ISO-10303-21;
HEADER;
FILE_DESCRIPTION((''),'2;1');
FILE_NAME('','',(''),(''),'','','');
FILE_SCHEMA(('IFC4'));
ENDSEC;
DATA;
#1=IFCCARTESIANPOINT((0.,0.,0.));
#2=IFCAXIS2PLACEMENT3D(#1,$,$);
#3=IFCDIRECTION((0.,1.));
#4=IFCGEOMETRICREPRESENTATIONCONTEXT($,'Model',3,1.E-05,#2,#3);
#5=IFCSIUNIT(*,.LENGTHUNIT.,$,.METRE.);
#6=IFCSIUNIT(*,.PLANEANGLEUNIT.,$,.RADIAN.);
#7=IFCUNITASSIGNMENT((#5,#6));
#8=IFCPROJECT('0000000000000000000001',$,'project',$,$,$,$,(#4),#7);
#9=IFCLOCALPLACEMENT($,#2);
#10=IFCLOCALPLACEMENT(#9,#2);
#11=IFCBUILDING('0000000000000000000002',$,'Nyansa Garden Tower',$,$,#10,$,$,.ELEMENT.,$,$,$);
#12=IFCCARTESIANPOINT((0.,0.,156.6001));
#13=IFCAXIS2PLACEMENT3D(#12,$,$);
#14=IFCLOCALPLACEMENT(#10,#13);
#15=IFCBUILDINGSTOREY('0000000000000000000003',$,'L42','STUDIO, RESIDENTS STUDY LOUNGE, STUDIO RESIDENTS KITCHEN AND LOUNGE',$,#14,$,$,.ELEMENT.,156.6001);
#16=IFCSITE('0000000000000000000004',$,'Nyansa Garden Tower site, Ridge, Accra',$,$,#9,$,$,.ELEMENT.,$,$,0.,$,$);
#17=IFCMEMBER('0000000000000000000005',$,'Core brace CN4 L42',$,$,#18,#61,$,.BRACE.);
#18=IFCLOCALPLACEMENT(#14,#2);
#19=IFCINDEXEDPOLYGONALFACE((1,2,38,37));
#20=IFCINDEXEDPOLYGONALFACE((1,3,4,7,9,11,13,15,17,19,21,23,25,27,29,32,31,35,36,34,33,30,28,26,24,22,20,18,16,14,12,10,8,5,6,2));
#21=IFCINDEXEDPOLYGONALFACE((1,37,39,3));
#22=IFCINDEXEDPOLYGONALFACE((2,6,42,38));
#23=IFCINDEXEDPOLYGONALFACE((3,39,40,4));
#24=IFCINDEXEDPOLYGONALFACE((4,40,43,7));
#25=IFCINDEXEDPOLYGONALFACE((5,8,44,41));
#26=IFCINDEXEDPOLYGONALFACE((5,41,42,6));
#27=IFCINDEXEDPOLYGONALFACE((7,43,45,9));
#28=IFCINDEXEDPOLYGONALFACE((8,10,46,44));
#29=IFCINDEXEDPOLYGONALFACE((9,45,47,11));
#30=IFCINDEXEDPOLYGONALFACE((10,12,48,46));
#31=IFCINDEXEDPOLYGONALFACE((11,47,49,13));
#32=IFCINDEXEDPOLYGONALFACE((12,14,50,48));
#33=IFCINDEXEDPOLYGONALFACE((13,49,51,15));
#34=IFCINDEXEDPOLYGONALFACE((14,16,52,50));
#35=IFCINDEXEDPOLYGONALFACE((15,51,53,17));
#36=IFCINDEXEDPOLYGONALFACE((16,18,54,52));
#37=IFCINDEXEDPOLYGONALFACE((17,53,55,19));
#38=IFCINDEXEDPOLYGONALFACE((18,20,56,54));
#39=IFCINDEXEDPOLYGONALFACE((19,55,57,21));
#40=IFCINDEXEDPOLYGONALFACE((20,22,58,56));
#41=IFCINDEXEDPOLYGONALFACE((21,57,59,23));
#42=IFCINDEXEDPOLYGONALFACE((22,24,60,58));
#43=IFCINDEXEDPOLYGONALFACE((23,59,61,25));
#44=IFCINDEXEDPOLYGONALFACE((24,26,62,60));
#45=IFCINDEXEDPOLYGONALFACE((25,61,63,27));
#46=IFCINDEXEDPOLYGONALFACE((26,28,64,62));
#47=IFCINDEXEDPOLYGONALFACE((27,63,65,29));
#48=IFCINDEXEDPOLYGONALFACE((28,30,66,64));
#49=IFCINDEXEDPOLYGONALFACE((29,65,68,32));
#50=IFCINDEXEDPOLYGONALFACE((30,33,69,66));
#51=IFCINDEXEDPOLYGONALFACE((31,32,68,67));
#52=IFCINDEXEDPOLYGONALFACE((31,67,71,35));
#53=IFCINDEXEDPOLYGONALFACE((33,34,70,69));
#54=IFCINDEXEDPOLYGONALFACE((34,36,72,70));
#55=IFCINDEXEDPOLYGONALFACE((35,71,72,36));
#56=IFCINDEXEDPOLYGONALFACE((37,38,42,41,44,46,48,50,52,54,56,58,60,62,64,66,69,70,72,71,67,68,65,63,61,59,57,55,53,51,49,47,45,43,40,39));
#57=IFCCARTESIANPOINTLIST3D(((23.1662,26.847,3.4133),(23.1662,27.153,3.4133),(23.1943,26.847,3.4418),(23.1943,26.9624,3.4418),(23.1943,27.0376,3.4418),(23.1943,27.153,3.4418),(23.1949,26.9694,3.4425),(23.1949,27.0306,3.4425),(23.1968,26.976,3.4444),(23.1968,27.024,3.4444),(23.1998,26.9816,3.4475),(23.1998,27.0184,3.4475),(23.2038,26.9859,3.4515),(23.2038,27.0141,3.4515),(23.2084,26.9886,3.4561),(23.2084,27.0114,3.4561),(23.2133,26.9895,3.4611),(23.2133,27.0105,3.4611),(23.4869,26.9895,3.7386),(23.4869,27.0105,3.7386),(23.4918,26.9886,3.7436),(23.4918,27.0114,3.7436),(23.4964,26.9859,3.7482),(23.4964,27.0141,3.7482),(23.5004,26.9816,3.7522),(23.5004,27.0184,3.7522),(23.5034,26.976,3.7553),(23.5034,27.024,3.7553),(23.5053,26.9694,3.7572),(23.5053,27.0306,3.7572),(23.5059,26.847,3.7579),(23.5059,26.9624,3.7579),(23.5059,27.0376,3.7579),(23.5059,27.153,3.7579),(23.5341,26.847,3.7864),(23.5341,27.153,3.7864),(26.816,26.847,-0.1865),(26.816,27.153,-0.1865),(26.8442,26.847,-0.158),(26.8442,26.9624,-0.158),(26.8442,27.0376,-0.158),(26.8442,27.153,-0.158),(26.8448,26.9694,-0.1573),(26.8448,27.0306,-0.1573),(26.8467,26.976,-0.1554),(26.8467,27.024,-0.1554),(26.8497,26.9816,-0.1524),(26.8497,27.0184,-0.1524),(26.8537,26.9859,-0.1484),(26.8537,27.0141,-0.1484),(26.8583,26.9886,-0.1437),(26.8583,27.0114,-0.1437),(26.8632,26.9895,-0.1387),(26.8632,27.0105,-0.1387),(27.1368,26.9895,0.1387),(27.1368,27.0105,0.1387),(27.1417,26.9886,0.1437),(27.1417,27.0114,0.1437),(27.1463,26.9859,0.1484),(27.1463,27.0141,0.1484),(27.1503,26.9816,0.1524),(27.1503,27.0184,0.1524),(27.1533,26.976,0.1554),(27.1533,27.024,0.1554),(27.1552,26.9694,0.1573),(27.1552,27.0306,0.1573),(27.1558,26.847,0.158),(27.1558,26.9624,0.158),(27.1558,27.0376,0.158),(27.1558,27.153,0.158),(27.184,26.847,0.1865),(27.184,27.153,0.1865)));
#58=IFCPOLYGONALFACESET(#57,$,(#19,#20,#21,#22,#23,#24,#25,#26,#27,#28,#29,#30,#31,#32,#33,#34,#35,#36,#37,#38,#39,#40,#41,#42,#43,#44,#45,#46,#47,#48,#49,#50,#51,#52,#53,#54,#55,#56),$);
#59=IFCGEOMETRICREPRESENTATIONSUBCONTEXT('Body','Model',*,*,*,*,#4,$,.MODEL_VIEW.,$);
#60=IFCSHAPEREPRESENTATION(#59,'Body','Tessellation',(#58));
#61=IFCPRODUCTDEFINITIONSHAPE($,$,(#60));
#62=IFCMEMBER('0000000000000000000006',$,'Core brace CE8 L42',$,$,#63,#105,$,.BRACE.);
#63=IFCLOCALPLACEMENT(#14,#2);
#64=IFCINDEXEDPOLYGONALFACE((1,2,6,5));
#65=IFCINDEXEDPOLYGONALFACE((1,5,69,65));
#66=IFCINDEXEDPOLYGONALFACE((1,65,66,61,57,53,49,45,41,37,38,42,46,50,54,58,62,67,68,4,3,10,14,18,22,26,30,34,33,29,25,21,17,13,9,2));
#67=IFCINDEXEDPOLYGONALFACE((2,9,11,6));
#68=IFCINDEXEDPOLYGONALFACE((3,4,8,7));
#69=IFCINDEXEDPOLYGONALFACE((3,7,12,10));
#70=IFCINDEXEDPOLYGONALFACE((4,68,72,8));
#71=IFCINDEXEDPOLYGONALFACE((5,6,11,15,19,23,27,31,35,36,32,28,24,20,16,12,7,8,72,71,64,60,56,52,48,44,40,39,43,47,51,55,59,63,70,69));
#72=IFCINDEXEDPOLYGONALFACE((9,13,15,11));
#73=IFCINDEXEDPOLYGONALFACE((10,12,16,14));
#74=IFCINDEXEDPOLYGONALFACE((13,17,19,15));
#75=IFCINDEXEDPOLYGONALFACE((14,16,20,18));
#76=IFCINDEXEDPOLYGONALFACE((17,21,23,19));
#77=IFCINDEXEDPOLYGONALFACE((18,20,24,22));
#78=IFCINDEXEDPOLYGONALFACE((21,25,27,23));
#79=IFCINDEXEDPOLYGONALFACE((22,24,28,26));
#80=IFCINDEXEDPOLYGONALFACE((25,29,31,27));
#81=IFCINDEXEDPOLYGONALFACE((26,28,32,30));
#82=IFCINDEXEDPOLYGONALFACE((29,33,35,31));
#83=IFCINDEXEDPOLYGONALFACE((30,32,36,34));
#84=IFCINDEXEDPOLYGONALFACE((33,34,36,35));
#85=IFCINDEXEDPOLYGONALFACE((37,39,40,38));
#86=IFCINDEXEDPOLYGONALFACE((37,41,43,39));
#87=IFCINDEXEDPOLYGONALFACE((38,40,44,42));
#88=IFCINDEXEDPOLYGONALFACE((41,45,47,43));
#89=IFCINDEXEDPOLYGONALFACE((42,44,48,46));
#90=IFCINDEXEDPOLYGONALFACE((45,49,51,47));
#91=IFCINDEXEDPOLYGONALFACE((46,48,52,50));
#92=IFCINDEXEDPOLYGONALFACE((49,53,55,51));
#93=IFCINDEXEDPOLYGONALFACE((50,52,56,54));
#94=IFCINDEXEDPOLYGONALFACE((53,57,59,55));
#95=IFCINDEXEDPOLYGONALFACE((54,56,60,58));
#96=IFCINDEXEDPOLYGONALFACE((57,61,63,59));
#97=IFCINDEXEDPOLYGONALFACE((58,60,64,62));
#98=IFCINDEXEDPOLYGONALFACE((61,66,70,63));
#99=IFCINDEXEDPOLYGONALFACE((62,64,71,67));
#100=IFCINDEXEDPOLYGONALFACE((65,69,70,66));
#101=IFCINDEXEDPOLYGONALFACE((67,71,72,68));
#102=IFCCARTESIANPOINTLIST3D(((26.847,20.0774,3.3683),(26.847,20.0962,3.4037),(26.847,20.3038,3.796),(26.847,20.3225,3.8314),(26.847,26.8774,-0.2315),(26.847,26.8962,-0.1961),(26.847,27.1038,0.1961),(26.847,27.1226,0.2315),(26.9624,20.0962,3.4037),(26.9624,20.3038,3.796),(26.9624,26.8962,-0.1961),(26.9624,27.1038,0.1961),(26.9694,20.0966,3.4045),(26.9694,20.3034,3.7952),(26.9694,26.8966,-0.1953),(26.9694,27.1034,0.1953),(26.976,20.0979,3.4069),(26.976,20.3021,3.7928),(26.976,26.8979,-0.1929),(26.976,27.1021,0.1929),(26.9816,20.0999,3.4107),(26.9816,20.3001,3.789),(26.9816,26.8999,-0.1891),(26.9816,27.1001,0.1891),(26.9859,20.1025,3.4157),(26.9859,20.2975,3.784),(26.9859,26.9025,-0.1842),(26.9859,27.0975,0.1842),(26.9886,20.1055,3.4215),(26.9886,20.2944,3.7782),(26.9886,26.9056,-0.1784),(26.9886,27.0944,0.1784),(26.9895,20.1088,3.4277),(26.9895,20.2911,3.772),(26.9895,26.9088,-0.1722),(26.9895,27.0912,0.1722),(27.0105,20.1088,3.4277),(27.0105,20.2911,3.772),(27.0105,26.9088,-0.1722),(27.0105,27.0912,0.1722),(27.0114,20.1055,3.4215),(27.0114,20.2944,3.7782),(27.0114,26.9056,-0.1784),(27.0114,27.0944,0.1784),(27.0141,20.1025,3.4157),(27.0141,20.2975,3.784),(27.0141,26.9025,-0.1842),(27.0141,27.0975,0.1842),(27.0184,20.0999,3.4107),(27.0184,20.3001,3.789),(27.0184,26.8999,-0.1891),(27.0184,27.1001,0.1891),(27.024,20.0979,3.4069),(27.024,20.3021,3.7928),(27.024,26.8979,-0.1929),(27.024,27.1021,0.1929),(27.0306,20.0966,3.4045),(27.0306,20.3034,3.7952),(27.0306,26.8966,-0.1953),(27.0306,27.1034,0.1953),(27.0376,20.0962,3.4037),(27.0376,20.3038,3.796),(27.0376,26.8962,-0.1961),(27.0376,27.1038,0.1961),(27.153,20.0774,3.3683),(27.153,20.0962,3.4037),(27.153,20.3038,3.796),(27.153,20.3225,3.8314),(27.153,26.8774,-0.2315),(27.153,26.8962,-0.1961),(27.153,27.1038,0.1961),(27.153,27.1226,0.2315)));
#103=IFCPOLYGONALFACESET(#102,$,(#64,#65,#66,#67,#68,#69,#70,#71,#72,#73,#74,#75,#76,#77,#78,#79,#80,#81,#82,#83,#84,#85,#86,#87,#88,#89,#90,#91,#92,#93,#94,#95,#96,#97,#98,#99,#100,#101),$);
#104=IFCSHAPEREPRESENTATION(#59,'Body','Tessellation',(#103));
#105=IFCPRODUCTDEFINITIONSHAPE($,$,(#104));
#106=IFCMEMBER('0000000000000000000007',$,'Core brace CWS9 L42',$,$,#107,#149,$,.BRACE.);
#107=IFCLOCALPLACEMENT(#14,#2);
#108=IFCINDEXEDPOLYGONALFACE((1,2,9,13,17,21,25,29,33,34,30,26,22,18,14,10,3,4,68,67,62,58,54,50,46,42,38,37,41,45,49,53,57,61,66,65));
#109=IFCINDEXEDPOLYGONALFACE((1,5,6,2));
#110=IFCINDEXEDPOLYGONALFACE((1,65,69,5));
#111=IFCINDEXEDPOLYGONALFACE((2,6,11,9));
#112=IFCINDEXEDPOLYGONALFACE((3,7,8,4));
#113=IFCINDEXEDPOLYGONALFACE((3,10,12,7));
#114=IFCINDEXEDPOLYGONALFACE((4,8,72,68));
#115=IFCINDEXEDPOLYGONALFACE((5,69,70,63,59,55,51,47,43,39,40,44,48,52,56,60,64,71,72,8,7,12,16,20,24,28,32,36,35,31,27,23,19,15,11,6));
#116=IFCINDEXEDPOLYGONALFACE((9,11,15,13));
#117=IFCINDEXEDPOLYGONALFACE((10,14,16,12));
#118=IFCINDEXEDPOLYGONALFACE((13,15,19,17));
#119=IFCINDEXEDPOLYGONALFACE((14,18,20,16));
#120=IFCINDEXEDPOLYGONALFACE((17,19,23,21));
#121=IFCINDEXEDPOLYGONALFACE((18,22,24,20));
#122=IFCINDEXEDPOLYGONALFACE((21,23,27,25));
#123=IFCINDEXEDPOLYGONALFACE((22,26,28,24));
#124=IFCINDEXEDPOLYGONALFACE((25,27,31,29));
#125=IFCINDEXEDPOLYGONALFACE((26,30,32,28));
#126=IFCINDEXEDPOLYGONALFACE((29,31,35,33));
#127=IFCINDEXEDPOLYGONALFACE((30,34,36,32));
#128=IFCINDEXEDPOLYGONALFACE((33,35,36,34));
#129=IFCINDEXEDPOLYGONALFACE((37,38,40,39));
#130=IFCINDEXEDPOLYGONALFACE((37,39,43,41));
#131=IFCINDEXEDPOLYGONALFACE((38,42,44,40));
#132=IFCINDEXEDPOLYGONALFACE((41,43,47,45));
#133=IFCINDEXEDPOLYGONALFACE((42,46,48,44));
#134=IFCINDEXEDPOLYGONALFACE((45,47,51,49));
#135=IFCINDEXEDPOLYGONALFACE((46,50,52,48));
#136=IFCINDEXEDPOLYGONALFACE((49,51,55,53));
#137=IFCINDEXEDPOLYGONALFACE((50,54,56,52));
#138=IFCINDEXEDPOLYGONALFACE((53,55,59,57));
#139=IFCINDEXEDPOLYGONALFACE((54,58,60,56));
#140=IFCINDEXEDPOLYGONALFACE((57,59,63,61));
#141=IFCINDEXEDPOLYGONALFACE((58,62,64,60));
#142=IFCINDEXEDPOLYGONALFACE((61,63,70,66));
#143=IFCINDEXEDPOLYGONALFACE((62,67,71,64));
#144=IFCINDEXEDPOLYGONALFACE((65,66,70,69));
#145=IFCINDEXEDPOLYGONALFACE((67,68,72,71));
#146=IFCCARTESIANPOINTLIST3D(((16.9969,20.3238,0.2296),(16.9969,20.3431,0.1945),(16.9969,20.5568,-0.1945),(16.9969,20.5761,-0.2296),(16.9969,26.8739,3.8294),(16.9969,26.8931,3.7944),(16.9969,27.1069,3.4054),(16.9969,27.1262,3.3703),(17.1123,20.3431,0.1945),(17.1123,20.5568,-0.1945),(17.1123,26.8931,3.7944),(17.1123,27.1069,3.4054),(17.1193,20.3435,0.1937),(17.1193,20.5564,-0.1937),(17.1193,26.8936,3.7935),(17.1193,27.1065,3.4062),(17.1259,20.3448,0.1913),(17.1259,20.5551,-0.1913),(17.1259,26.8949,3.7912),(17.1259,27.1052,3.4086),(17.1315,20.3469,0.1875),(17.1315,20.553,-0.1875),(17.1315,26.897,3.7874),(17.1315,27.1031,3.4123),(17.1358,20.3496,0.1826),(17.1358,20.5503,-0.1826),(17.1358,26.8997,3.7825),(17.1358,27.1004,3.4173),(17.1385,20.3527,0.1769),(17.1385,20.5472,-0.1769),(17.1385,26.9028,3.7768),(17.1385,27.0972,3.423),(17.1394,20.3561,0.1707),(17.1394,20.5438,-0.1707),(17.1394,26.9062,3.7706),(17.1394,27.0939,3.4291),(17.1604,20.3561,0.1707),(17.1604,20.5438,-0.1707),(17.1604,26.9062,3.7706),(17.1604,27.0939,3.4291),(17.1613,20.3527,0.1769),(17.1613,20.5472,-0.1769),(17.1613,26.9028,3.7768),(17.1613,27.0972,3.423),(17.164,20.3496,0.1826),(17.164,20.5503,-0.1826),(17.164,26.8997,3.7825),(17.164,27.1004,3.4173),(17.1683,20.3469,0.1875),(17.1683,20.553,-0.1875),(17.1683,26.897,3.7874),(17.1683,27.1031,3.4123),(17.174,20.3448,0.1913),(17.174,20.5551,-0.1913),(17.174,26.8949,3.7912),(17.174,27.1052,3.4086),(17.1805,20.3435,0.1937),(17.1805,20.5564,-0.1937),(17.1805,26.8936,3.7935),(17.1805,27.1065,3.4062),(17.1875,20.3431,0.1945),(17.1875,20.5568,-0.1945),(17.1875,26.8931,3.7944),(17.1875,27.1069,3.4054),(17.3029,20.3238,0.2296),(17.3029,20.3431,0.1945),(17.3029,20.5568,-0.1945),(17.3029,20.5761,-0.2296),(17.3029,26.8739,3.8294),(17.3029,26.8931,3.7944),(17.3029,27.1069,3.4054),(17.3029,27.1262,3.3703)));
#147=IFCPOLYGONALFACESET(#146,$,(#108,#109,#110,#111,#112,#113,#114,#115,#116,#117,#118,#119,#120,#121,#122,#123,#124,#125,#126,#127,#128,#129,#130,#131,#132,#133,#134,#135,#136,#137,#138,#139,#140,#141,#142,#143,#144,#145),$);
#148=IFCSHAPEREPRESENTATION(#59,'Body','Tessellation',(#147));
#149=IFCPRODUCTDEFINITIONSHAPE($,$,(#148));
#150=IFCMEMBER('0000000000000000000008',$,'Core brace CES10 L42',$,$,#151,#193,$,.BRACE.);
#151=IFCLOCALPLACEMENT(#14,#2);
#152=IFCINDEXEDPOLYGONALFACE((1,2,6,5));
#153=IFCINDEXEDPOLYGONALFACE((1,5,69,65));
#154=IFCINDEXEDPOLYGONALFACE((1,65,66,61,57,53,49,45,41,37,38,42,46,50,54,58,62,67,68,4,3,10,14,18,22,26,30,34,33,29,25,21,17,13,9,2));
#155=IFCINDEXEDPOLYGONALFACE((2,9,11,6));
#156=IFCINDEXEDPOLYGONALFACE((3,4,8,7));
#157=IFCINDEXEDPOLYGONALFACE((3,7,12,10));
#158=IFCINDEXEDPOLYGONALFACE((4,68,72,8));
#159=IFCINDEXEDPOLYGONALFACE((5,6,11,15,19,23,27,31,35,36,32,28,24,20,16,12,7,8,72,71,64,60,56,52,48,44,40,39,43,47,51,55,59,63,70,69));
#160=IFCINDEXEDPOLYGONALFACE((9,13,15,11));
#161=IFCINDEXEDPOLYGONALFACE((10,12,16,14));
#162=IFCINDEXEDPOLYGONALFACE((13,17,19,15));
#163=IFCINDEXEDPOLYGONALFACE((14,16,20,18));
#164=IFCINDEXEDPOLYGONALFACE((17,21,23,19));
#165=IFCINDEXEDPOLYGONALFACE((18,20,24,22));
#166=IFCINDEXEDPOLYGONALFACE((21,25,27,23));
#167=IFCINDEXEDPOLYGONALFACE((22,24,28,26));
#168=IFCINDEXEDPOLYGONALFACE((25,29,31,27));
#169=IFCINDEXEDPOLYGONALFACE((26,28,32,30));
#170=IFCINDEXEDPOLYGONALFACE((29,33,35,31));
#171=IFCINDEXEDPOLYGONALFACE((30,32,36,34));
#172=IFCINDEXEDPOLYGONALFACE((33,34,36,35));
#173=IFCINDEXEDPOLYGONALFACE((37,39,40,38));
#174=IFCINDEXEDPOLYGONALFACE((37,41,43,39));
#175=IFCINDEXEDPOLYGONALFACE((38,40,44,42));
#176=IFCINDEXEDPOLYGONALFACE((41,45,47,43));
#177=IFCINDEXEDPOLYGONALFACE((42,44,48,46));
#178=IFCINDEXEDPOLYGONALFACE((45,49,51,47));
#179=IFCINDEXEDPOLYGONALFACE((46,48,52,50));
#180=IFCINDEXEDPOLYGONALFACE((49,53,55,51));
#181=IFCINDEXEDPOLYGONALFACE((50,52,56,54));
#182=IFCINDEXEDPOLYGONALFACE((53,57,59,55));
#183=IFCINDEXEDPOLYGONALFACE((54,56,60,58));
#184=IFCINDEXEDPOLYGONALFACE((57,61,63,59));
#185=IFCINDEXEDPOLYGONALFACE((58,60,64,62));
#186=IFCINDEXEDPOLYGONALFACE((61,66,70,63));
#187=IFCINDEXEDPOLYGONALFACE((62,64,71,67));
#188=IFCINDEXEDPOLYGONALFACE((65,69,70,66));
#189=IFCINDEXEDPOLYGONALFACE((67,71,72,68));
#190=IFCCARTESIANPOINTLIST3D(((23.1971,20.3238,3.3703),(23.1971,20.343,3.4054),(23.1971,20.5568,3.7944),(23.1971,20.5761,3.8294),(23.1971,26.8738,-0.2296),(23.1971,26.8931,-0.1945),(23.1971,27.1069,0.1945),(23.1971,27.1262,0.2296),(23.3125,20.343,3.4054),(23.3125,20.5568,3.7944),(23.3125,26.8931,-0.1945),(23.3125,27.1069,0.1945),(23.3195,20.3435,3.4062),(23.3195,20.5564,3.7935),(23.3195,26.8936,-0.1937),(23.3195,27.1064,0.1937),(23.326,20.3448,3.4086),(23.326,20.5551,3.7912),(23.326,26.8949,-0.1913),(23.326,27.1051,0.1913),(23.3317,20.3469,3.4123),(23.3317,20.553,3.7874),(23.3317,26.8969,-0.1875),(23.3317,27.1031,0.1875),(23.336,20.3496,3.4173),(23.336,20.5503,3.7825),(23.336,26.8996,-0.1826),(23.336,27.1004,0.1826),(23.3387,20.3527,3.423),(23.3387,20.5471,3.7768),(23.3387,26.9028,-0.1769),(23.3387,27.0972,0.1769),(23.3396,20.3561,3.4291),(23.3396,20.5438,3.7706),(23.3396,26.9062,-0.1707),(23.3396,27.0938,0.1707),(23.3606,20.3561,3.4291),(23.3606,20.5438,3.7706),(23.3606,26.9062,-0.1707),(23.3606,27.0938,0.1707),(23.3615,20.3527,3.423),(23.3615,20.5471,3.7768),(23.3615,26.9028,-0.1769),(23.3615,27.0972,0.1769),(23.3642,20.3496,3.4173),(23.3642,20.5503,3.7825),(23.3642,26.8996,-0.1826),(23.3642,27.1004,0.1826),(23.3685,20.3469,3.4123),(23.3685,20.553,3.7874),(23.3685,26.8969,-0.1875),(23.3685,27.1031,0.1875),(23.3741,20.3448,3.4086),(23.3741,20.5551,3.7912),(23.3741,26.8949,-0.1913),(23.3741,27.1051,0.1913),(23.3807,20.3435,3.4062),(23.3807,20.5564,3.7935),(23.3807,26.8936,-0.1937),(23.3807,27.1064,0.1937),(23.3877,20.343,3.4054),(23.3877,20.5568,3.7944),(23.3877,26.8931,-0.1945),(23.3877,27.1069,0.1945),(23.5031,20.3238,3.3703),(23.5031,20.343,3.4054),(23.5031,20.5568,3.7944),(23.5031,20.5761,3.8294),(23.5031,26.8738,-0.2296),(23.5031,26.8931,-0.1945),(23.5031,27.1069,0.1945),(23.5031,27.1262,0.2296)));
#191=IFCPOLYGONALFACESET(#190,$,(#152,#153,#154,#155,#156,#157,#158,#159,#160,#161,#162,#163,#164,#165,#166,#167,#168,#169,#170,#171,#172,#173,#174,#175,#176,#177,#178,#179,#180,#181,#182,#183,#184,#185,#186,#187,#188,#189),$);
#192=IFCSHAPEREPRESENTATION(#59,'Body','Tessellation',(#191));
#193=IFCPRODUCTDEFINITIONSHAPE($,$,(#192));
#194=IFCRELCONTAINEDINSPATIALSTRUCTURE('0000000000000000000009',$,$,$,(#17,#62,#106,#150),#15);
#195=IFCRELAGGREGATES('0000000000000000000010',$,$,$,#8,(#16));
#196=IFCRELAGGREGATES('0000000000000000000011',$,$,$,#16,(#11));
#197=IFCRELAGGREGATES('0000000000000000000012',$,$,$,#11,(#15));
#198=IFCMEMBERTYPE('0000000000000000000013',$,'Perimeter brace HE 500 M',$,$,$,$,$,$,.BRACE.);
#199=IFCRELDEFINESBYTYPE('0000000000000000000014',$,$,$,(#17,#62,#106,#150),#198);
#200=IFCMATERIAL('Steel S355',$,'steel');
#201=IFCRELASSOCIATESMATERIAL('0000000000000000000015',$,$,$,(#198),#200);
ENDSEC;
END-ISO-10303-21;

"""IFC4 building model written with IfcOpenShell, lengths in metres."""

from ifc_helpers import new_model, si_unit, direction, frame, origin, origin_2d, place, context, subcontext, project, spatial, i_section, extrude, material, material_profile, profile_set, type_object, element, save


model = new_model("IFC4")

# Units and contexts
model_context = context("Model", 3, precision=1e-05, world=origin(), true_north=direction((0.0, 1.0)))
body_context = subcontext(model_context, "Body", "Model", "MODEL_VIEW")
ifc_project = project(units=[si_unit("LENGTHUNIT", "METRE"), si_unit("PLANEANGLEUNIT", "RADIAN")], contexts=[model_context])

# Site, building, storey
site_placement = place(None, origin())
site = spatial("IfcSite", under=ifc_project, at=site_placement, Name="Nyansa Garden Tower site, Ridge, Accra", CompositionType="ELEMENT", RefElevation=0.0)
building_placement = place(site_placement, origin())
building = spatial("IfcBuilding", under=site, at=building_placement, Name="Nyansa Garden Tower", CompositionType="ELEMENT")
storey_placement = place(building_placement, frame((0.0, 0.0, 156.6001)))
storey = spatial("IfcBuildingStorey", under=building, at=storey_placement, Name="L42", Description="STUDIO, RESIDENTS STUDY LOUNGE, STUDIO RESIDENTS KITCHEN AND LOUNGE", CompositionType="ELEMENT", Elevation=156.6001)

# Members
ifc_material_1 = material(Name="Steel S355", Category="steel")
ifc_material_profile_1 = material_profile(ifc_material_1, i_section(OverallWidth=0.3059, OverallDepth=0.5239, WebThickness=0.021, FlangeThickness=0.04, FilletRadius=0.0271, at=origin_2d()), Name="HE 500 M")
ifc_profile_set_1 = profile_set([ifc_material_profile_1], Name="Steel S355")
member_type = type_object("IfcMemberType", Name="Perimeter brace HE 500 M", PredefinedType="BRACE", material=ifc_profile_set_1)
member_1_placement = place(storey_placement, frame((27.0, 27.0, 0.0), z_axis=(-0.711971, 0.0, 0.702209), x_axis=(0.0, -1.0, 0.0)))
element("IfcMember", 1, at=member_1_placement, inside=storey, type_object=member_type, Name="Core brace CN4 L42", PredefinedType="BRACE", context=body_context, shape_type="SweptSolid", body=[
    extrude(i_section(OverallWidth=0.3059, OverallDepth=0.5239, WebThickness=0.021, FlangeThickness=0.04, FilletRadius=0.0271, at=origin_2d()), origin(), (0.0, 0.0, 1.0), 5.1265),
])
member_2_placement = place(storey_placement, frame((27.0, 27.0, 0.0), z_axis=(0.0, -0.883797, 0.46787), x_axis=(1.0, 0.0, 0.0)))
element("IfcMember", 2, at=member_2_placement, inside=storey, type_object=member_type, Name="Core brace CE8 L42", PredefinedType="BRACE", context=body_context, shape_type="SweptSolid", body=[
    extrude(i_section(OverallWidth=0.3059, OverallDepth=0.5239, WebThickness=0.021, FlangeThickness=0.04, FilletRadius=0.0271, at=origin_2d()), origin(), (0.0, 0.0, 1.0), 7.6941),
])
for number, where, z_axis, x_axis, name in (
    (3, (17.1499, 20.45, 0.0), (0.0, 0.876367, 0.481644), (-1.0, 0.0, 0.0), "Core brace CWS9 L42"),
    (4, (23.3501, 27.0, 0.0), (0.0, -0.876367, 0.481644), (1.0, 0.0, 0.0), "Core brace CES10 L42"),
):
    element("IfcMember", number, at=place(storey_placement, frame(where, z_axis=z_axis, x_axis=x_axis)), inside=storey, type_object=member_type, Name=name, PredefinedType="BRACE", context=body_context, shape_type="SweptSolid", body=[
        extrude(i_section(OverallWidth=0.3059, OverallDepth=0.5239, WebThickness=0.021, FlangeThickness=0.04, FilletRadius=0.0271, at=origin_2d()), origin(), (0.0, 0.0, 1.0), 7.4741),
    ])

save(model, "model.ifc")
